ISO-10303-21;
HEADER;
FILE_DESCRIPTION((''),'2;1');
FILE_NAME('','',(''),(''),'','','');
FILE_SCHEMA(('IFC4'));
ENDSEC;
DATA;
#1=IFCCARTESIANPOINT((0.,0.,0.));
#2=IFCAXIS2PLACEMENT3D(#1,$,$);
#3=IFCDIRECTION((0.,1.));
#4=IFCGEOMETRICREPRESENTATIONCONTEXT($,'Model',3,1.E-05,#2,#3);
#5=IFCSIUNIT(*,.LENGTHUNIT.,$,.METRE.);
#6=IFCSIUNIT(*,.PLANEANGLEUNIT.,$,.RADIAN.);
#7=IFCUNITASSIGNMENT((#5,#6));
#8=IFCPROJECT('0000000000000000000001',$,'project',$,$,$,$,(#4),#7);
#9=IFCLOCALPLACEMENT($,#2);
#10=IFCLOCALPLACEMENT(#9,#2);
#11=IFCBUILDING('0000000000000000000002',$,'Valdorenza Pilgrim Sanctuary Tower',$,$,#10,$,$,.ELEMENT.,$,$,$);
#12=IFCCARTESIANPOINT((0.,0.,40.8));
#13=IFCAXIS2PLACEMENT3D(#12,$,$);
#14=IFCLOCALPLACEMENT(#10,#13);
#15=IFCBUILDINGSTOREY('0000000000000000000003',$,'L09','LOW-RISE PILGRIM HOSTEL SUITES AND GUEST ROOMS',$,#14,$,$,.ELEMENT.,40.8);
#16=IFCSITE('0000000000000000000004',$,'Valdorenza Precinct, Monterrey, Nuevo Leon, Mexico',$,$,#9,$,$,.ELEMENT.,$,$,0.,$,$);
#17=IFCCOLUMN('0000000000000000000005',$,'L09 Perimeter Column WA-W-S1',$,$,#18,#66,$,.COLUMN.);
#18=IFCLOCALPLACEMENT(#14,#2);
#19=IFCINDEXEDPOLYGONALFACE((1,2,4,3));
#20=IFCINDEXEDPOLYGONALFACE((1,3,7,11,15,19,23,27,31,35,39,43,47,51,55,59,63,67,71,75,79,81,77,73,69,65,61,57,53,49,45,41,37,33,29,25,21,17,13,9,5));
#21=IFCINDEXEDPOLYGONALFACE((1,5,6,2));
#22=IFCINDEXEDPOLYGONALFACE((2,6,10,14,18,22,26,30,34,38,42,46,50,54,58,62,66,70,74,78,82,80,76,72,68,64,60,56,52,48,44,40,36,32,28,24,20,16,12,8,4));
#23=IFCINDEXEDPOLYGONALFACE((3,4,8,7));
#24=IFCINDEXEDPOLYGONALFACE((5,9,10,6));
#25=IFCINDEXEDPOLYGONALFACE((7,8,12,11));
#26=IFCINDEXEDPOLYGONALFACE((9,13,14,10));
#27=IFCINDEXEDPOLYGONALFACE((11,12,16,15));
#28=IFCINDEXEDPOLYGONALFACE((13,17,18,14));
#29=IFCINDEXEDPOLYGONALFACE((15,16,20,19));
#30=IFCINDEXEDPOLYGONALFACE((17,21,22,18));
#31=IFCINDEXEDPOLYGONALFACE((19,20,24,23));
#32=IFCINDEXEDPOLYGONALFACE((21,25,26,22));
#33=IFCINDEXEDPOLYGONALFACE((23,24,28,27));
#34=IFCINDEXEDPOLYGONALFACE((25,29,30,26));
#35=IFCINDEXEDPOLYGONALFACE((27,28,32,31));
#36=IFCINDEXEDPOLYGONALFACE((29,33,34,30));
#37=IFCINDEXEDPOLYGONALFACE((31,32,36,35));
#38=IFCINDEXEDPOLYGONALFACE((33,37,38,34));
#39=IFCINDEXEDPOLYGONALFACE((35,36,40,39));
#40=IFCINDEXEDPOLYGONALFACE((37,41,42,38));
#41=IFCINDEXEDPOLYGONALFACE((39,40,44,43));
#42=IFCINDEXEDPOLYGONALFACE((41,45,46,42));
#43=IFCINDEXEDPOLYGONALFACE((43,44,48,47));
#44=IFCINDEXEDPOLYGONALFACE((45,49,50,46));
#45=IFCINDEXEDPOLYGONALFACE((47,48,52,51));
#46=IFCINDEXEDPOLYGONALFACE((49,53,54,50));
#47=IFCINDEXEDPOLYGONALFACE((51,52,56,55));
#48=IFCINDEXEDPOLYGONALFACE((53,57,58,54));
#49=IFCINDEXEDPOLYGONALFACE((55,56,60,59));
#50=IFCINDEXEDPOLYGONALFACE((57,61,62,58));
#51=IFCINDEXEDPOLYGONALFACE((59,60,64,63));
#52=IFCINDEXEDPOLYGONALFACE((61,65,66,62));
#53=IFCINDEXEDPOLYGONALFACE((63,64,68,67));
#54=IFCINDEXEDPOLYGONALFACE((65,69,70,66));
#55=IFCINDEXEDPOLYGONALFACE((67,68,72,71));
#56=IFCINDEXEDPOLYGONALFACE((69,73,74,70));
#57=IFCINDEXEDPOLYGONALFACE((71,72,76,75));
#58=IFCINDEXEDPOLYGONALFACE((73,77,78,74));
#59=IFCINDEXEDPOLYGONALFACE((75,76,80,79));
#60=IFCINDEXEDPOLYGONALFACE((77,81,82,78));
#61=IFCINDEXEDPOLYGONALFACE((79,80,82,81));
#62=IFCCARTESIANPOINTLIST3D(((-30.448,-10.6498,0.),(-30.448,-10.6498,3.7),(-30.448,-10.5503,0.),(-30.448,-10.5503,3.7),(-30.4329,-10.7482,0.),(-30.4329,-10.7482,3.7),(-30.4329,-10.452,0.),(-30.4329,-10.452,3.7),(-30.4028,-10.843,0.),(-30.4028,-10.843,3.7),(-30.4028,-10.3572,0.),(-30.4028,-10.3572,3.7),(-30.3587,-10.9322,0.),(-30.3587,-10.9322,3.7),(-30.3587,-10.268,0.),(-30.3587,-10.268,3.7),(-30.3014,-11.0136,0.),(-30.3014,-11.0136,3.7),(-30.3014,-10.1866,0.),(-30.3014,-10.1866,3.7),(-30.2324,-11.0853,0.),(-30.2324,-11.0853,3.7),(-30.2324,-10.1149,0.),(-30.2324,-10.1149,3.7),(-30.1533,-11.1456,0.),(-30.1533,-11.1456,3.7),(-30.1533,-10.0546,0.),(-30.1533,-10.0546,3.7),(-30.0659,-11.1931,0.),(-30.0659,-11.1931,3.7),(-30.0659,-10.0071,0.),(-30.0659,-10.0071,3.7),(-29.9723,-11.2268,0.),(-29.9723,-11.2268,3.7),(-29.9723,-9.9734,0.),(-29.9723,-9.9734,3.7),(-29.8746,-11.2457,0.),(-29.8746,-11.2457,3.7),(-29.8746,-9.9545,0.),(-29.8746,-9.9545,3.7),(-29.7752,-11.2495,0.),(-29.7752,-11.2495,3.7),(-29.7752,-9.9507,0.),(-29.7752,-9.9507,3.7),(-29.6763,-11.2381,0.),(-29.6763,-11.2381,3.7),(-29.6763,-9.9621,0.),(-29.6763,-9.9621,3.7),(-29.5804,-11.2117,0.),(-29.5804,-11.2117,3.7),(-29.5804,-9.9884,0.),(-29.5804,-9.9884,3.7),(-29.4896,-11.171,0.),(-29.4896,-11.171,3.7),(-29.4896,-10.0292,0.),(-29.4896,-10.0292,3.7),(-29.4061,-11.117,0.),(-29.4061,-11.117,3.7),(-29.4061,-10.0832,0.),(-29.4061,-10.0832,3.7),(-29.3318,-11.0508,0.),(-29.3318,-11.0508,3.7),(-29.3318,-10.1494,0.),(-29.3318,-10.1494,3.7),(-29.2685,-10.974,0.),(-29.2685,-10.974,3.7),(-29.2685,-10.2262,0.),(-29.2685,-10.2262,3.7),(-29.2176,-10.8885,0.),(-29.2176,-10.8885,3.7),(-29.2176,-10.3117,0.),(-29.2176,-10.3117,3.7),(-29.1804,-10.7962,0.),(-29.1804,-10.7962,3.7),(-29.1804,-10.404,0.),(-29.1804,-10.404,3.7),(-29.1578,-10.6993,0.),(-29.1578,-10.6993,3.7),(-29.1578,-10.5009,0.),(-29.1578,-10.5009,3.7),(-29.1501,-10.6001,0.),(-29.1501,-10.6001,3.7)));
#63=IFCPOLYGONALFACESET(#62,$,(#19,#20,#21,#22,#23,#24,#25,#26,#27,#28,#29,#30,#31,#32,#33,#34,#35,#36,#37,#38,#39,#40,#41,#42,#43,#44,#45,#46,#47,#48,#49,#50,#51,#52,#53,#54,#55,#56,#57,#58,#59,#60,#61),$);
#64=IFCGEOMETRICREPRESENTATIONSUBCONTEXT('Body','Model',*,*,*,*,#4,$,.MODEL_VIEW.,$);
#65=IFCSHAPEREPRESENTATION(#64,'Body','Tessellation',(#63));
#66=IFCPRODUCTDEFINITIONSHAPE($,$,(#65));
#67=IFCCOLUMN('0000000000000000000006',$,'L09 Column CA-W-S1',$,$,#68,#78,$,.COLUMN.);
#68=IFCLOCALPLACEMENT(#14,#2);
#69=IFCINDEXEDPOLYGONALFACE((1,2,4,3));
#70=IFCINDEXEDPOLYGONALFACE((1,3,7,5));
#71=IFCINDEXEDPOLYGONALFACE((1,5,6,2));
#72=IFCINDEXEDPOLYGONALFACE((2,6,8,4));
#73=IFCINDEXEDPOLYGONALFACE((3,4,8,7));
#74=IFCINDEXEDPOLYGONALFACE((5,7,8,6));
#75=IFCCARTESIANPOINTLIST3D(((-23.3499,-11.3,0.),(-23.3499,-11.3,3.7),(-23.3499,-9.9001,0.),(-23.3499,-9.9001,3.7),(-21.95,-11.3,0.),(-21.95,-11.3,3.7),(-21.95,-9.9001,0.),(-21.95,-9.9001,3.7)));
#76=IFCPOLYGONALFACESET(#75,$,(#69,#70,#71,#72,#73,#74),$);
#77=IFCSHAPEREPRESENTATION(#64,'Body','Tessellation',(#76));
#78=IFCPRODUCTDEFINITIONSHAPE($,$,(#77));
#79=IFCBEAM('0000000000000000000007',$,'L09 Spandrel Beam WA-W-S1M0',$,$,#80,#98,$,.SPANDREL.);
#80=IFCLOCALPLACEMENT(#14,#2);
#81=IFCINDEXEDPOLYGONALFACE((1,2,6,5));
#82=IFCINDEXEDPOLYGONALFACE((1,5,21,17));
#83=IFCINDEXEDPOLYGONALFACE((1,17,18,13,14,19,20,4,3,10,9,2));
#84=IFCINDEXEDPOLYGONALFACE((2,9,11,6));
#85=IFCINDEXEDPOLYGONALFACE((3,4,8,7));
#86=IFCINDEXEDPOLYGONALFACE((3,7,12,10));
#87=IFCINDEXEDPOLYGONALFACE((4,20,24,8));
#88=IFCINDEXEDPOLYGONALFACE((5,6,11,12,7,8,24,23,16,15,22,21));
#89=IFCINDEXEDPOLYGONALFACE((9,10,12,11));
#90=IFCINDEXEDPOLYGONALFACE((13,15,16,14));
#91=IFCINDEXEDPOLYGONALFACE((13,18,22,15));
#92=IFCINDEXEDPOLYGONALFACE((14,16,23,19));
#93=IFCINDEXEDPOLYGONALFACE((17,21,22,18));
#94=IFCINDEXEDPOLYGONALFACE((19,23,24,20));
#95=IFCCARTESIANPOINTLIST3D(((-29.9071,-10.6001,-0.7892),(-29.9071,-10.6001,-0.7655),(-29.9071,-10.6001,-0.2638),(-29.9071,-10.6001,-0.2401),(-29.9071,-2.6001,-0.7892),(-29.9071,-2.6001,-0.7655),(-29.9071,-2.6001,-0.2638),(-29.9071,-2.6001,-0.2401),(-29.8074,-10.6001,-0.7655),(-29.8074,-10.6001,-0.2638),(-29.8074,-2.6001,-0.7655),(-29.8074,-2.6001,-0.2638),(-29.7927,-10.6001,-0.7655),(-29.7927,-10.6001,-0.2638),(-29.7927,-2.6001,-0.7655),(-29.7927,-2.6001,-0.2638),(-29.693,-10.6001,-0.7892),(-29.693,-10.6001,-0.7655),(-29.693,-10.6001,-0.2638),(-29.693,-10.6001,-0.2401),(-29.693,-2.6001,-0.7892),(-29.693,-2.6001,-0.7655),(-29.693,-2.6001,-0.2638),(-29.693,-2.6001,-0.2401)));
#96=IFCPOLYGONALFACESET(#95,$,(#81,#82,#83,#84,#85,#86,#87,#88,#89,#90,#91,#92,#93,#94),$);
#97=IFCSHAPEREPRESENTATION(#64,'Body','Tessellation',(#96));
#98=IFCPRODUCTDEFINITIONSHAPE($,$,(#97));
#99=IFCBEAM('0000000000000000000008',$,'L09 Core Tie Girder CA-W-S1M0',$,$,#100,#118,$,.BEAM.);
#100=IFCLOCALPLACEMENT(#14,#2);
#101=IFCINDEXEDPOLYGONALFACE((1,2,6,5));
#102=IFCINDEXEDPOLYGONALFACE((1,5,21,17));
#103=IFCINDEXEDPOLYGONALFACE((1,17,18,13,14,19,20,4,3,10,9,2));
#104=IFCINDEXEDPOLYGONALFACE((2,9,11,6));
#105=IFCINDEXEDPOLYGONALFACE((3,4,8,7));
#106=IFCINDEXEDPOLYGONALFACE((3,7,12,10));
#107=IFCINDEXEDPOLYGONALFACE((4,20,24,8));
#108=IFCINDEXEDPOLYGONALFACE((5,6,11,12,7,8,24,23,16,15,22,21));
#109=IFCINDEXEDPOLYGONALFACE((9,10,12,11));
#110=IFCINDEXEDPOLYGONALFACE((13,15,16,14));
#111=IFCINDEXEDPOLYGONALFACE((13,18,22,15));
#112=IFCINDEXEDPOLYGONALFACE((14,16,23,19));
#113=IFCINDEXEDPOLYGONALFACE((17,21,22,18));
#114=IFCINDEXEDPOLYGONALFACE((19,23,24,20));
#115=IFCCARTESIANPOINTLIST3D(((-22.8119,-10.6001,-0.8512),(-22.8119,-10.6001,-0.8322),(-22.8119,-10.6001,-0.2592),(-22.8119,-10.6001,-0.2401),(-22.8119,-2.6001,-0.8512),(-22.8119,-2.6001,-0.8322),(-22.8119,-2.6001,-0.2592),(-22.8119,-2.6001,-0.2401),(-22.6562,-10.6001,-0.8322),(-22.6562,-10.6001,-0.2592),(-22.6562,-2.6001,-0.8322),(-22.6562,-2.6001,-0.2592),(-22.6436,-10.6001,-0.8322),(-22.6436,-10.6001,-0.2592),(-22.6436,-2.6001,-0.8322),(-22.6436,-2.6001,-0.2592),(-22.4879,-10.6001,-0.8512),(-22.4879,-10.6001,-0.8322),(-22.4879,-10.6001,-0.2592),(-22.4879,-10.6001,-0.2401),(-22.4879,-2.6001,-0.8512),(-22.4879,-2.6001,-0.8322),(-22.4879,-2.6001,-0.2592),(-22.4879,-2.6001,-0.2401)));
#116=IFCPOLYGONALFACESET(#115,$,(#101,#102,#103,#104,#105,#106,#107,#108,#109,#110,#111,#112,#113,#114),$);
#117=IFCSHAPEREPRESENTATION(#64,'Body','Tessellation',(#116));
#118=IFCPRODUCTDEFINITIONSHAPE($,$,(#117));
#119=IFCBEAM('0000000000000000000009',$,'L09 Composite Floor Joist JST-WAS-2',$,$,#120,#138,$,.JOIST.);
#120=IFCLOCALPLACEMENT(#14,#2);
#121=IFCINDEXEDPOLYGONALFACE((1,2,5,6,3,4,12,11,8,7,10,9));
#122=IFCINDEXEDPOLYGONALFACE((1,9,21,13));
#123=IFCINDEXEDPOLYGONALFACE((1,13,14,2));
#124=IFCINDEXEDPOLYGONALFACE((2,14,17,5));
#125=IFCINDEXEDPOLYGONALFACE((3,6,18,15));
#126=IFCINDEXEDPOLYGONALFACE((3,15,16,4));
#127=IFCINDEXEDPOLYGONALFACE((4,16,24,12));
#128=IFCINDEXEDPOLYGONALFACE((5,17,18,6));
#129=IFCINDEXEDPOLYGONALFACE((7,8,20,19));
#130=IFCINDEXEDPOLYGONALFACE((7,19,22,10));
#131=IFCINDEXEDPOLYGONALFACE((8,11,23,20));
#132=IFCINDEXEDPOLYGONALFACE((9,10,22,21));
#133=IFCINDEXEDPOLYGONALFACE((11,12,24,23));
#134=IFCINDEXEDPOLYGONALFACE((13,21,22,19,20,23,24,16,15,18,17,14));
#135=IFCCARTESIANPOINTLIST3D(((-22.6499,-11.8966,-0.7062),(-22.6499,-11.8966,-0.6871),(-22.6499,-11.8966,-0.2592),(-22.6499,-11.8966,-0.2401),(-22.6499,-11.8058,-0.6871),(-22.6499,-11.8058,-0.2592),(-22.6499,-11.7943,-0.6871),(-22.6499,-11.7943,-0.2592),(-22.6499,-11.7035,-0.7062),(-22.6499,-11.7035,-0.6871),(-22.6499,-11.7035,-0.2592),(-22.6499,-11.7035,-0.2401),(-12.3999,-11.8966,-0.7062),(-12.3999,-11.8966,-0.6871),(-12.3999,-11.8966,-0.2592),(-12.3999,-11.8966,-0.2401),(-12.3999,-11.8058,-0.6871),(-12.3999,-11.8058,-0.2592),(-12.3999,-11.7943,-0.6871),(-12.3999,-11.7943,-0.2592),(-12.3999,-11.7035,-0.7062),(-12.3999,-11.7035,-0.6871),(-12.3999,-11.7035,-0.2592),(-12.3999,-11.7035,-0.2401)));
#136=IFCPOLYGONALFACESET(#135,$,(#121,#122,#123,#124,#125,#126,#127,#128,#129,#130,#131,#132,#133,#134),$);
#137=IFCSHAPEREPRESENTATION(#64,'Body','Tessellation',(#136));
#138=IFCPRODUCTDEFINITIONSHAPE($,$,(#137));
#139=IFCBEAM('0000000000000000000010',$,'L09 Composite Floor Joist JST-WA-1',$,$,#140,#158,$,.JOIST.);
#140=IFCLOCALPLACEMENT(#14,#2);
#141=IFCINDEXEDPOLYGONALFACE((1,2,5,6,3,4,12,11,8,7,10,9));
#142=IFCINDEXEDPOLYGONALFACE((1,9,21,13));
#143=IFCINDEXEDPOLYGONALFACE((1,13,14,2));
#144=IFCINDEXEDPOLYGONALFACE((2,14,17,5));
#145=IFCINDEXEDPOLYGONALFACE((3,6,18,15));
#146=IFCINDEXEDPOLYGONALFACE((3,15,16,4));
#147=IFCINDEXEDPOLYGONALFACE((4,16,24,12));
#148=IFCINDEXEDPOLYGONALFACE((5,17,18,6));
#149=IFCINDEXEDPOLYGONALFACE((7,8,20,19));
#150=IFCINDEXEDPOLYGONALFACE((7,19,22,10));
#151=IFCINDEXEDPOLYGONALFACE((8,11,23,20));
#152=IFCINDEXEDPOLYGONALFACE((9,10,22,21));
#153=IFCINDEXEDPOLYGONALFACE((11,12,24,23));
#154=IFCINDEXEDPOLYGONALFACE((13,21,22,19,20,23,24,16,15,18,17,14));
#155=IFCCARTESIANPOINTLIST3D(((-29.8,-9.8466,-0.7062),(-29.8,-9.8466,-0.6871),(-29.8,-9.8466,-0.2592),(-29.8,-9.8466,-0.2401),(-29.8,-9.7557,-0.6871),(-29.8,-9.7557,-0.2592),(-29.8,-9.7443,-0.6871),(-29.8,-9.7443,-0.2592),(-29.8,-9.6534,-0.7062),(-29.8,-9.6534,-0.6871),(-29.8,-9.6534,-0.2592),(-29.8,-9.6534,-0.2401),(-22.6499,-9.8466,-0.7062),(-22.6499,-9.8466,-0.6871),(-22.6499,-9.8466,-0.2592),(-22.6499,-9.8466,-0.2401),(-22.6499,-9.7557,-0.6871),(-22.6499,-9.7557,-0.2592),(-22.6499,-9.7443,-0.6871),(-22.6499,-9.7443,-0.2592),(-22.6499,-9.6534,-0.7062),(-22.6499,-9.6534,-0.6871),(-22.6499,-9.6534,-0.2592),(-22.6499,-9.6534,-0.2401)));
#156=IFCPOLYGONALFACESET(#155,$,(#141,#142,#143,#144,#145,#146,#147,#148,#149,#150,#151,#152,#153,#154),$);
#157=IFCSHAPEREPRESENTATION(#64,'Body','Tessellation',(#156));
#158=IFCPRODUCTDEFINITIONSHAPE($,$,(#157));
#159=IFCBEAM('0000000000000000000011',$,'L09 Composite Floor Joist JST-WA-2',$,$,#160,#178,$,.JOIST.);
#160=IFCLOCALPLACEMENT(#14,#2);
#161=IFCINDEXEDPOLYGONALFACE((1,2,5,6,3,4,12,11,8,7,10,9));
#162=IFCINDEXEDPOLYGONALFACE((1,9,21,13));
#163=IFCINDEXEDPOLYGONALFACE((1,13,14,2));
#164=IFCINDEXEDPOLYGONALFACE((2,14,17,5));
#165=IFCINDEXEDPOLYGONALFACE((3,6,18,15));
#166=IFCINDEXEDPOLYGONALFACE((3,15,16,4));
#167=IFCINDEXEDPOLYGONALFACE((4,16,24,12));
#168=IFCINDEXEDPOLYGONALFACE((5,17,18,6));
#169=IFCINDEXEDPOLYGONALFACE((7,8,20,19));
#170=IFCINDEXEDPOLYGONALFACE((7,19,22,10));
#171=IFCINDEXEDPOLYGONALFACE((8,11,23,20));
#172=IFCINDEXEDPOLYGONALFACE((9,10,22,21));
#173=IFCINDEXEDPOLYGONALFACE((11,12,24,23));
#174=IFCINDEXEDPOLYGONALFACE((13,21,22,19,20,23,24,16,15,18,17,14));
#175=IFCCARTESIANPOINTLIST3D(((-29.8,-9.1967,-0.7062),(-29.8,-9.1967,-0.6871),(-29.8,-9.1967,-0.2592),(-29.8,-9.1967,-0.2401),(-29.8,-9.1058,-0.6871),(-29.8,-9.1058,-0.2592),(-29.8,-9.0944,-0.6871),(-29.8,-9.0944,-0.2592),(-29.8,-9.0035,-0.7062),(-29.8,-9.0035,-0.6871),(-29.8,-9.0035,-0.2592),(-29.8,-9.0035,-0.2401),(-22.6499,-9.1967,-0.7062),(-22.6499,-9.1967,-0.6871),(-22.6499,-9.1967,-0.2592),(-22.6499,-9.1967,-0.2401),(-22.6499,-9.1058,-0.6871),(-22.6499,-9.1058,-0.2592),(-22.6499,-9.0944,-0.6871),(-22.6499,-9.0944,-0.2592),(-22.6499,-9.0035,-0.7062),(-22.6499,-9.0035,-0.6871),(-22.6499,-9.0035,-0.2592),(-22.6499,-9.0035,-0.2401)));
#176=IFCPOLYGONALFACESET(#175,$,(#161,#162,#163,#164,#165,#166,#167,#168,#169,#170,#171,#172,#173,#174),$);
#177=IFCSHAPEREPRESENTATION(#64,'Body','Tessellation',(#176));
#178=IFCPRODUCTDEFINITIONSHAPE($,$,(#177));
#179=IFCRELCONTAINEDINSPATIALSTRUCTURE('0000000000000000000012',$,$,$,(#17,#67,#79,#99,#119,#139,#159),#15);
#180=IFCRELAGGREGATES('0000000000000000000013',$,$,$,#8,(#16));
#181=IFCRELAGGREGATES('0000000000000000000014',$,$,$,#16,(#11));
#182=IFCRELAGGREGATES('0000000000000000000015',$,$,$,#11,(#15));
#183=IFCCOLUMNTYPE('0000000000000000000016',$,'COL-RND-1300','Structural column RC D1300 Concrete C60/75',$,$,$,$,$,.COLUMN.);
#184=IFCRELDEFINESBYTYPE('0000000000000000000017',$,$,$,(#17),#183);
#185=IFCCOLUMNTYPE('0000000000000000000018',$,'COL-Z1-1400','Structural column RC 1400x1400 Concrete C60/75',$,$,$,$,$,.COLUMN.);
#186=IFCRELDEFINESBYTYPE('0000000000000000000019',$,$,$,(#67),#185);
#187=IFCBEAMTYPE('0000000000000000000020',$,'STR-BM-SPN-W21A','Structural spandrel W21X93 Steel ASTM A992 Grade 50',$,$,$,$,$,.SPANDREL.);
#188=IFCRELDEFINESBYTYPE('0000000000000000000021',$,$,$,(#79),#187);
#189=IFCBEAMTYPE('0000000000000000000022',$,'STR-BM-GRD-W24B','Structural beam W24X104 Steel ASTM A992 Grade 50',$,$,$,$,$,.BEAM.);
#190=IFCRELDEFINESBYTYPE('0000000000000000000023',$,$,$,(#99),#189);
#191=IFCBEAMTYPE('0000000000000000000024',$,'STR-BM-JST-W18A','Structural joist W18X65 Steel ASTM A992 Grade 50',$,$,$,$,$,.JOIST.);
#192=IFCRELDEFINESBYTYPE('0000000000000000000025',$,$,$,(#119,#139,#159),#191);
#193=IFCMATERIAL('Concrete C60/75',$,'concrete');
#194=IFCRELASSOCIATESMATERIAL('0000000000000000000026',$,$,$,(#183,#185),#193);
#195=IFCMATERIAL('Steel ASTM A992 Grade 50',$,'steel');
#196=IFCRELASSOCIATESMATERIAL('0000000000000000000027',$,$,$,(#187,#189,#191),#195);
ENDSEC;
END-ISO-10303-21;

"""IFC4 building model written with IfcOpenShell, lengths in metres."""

from ifc_helpers import new_model, si_unit, direction, frame, origin, origin_2d, place, context, subcontext, project, spatial, rectangle, circle, i_section, extrude, source, transform, mapped, material, material_profile, profile_set, type_object, element, save


model = new_model("IFC4")

# Units and contexts
model_context = context("Model", 3, precision=1e-05, world=origin(), true_north=direction((0.0, 1.0)))
body_context = subcontext(model_context, "Body", "Model", "MODEL_VIEW")
ifc_project = project(units=[si_unit("LENGTHUNIT", "METRE"), si_unit("PLANEANGLEUNIT", "RADIAN")], contexts=[model_context])

# Site, building, storey
site_placement = place(None, origin())
site = spatial("IfcSite", under=ifc_project, at=site_placement, Name="Valdorenza Precinct, Monterrey, Nuevo Leon, Mexico", CompositionType="ELEMENT", RefElevation=0.0)
building_placement = place(site_placement, origin())
building = spatial("IfcBuilding", under=site, at=building_placement, Name="Valdorenza Pilgrim Sanctuary Tower", CompositionType="ELEMENT")
storey_placement = place(building_placement, frame((0.0, 0.0, 40.8)))
storey = spatial("IfcBuildingStorey", under=building, at=storey_placement, Name="L09", Description="LOW-RISE PILGRIM HOSTEL SUITES AND GUEST ROOMS", CompositionType="ELEMENT", Elevation=40.8)

# Columns
ifc_material_1 = material(Name="Concrete C60/75", Category="concrete")
ifc_material_profile_1 = material_profile(ifc_material_1, circle(Radius=0.6499, at=origin_2d()), Name="RC D1300")
ifc_profile_set_1 = profile_set([ifc_material_profile_1], Name="Concrete C60/75")
column_type_1 = type_object("IfcColumnType", Name="COL-RND-1300", Description="Structural column RC D1300 Concrete C60/75", PredefinedType="COLUMN", material=ifc_profile_set_1)
shared_shape_1 = source(origin(), body_context, "Body", "SweptSolid", [
    extrude(circle(Radius=0.6499, at=origin_2d()), origin(), (0.0, 0.0, 1.0), 3.7),
])
column_1_placement = place(storey_placement, frame((-29.8, -10.6001, 0.0), z_axis=(0.0, 0.0, 1.0), x_axis=(1.0, 0.0, 0.0)))
element("IfcColumn", 1, at=column_1_placement, inside=storey, type_object=column_type_1, Name="L09 Perimeter Column WA-W-S1", PredefinedType="COLUMN", context=body_context, shape_type="MappedRepresentation", body=[
    mapped(shared_shape_1, transform((0.0, 0.0, 0.0), x_axis=(1.0, 0.0, 0.0), y_axis=(0.0, 1.0, 0.0), z_axis=(0.0, 0.0, 1.0), scale=1.0)),
])
ifc_material_profile_2 = material_profile(ifc_material_1, rectangle(XDim=1.3999, YDim=1.3999, at=origin_2d()), Name="RC 1400x1400")
ifc_profile_set_2 = profile_set([ifc_material_profile_2], Name="Concrete C60/75")
column_type_2 = type_object("IfcColumnType", Name="COL-Z1-1400", Description="Structural column RC 1400x1400 Concrete C60/75", PredefinedType="COLUMN", material=ifc_profile_set_2)
shared_shape_2 = source(origin(), body_context, "Body", "SweptSolid", [
    extrude(rectangle(XDim=1.3999, YDim=1.3999, at=origin_2d()), origin(), (0.0, 0.0, 1.0), 3.7),
])
column_2_placement = place(storey_placement, frame((-22.6499, -10.6001, 0.0), z_axis=(0.0, 0.0, 1.0), x_axis=(1.0, 0.0, 0.0)))
element("IfcColumn", 2, at=column_2_placement, inside=storey, type_object=column_type_2, Name="L09 Column CA-W-S1", PredefinedType="COLUMN", context=body_context, shape_type="MappedRepresentation", body=[
    mapped(shared_shape_2, transform((0.0, 0.0, 0.0), x_axis=(1.0, 0.0, 0.0), y_axis=(0.0, 1.0, 0.0), z_axis=(0.0, 0.0, 1.0), scale=1.0)),
])

# Beams
ifc_material_2 = material(Name="Steel ASTM A992 Grade 50", Category="steel")
ifc_material_profile_3 = material_profile(ifc_material_2, i_section(OverallWidth=0.2141, OverallDepth=0.5491, WebThickness=0.0146, FlangeThickness=0.0237, at=origin_2d()), Name="W21X93")
ifc_profile_set_3 = profile_set([ifc_material_profile_3], Name="Steel ASTM A992 Grade 50")
beam_type_1 = type_object("IfcBeamType", Name="STR-BM-SPN-W21A", Description="Structural spandrel W21X93 Steel ASTM A992 Grade 50", PredefinedType="SPANDREL", material=ifc_profile_set_3)
shared_shape_3 = source(origin(), body_context, "Body", "SweptSolid", [
    extrude(i_section(OverallWidth=0.2141, OverallDepth=0.5491, WebThickness=0.0146, FlangeThickness=0.0237, at=origin_2d()), origin(), (0.0, 0.0, 1.0), 8.0),
])
beam_1_placement = place(storey_placement, frame((-29.8, -10.6001, -0.5146), z_axis=(0.0, 1.0, 0.0), x_axis=(-1.0, 0.0, 0.0)))
element("IfcBeam", 3, at=beam_1_placement, inside=storey, type_object=beam_type_1, Name="L09 Spandrel Beam WA-W-S1M0", PredefinedType="SPANDREL", context=body_context, shape_type="MappedRepresentation", body=[
    mapped(shared_shape_3, transform((0.0, 0.0, 0.0), x_axis=(1.0, 0.0, 0.0), y_axis=(0.0, 1.0, 0.0), z_axis=(0.0, 0.0, 1.0), scale=1.0)),
])
ifc_material_profile_4 = material_profile(ifc_material_2, i_section(OverallWidth=0.324, OverallDepth=0.6111, WebThickness=0.0127, FlangeThickness=0.019, at=origin_2d()), Name="W24X104")
ifc_profile_set_4 = profile_set([ifc_material_profile_4], Name="Steel ASTM A992 Grade 50")
beam_type_2 = type_object("IfcBeamType", Name="STR-BM-GRD-W24B", Description="Structural beam W24X104 Steel ASTM A992 Grade 50", PredefinedType="BEAM", material=ifc_profile_set_4)
shared_shape_4 = source(origin(), body_context, "Body", "SweptSolid", [
    extrude(i_section(OverallWidth=0.324, OverallDepth=0.6111, WebThickness=0.0127, FlangeThickness=0.019, at=origin_2d()), origin(), (0.0, 0.0, 1.0), 8.0),
])
beam_2_placement = place(storey_placement, frame((-22.6499, -10.6001, -0.5457), z_axis=(0.0, 1.0, 0.0), x_axis=(-1.0, 0.0, 0.0)))
element("IfcBeam", 4, at=beam_2_placement, inside=storey, type_object=beam_type_2, Name="L09 Core Tie Girder CA-W-S1M0", PredefinedType="BEAM", context=body_context, shape_type="MappedRepresentation", body=[
    mapped(shared_shape_4, transform((0.0, 0.0, 0.0), x_axis=(1.0, 0.0, 0.0), y_axis=(0.0, 1.0, 0.0), z_axis=(0.0, 0.0, 1.0), scale=1.0)),
])
ifc_material_profile_5 = material_profile(ifc_material_2, i_section(OverallWidth=0.1931, OverallDepth=0.4661, WebThickness=0.0115, FlangeThickness=0.019, at=origin_2d()), Name="W18X65")
ifc_profile_set_5 = profile_set([ifc_material_profile_5], Name="Steel ASTM A992 Grade 50")
beam_type_3 = type_object("IfcBeamType", Name="STR-BM-JST-W18A", Description="Structural joist W18X65 Steel ASTM A992 Grade 50", PredefinedType="JOIST", material=ifc_profile_set_5)
shared_shape_5 = source(origin(), body_context, "Body", "SweptSolid", [
    extrude(i_section(OverallWidth=0.1931, OverallDepth=0.4661, WebThickness=0.0115, FlangeThickness=0.019, at=origin_2d()), origin(), (0.0, 0.0, 1.0), 10.25),
])
beam_3_placement = place(storey_placement, frame((-22.6499, -11.8, -0.4731), z_axis=(1.0, 0.0, 0.0), x_axis=(0.0, 1.0, 0.0)))
element("IfcBeam", 5, at=beam_3_placement, inside=storey, type_object=beam_type_3, Name="L09 Composite Floor Joist JST-WAS-2", PredefinedType="JOIST", context=body_context, shape_type="MappedRepresentation", body=[
    mapped(shared_shape_5, transform((0.0, 0.0, 0.0), x_axis=(1.0, 0.0, 0.0), y_axis=(0.0, 1.0, 0.0), z_axis=(0.0, 0.0, 1.0), scale=1.0)),
])
shared_shape_6 = source(origin(), body_context, "Body", "SweptSolid", [
    extrude(i_section(OverallWidth=0.1931, OverallDepth=0.4661, WebThickness=0.0115, FlangeThickness=0.019, at=origin_2d()), origin(), (0.0, 0.0, 1.0), 7.1501),
])
for number, where, z_axis, x_axis, name in (
    (6, (-29.8, -9.75, -0.4731), (1.0, 0.0, 0.0), (0.0, 1.0, 0.0), "L09 Composite Floor Joist JST-WA-1"),
    (7, (-29.8, -9.1001, -0.4731), (1.0, 0.0, 0.0), (0.0, 1.0, 0.0), "L09 Composite Floor Joist JST-WA-2"),
):
    element("IfcBeam", number, at=place(storey_placement, frame(where, z_axis=z_axis, x_axis=x_axis)), inside=storey, type_object=beam_type_3, Name=name, PredefinedType="JOIST", context=body_context, shape_type="MappedRepresentation", body=[
        mapped(shared_shape_6, transform((0.0, 0.0, 0.0), x_axis=(1.0, 0.0, 0.0), y_axis=(0.0, 1.0, 0.0), z_axis=(0.0, 0.0, 1.0), scale=1.0)),
    ])

save(model, "model.ifc")
